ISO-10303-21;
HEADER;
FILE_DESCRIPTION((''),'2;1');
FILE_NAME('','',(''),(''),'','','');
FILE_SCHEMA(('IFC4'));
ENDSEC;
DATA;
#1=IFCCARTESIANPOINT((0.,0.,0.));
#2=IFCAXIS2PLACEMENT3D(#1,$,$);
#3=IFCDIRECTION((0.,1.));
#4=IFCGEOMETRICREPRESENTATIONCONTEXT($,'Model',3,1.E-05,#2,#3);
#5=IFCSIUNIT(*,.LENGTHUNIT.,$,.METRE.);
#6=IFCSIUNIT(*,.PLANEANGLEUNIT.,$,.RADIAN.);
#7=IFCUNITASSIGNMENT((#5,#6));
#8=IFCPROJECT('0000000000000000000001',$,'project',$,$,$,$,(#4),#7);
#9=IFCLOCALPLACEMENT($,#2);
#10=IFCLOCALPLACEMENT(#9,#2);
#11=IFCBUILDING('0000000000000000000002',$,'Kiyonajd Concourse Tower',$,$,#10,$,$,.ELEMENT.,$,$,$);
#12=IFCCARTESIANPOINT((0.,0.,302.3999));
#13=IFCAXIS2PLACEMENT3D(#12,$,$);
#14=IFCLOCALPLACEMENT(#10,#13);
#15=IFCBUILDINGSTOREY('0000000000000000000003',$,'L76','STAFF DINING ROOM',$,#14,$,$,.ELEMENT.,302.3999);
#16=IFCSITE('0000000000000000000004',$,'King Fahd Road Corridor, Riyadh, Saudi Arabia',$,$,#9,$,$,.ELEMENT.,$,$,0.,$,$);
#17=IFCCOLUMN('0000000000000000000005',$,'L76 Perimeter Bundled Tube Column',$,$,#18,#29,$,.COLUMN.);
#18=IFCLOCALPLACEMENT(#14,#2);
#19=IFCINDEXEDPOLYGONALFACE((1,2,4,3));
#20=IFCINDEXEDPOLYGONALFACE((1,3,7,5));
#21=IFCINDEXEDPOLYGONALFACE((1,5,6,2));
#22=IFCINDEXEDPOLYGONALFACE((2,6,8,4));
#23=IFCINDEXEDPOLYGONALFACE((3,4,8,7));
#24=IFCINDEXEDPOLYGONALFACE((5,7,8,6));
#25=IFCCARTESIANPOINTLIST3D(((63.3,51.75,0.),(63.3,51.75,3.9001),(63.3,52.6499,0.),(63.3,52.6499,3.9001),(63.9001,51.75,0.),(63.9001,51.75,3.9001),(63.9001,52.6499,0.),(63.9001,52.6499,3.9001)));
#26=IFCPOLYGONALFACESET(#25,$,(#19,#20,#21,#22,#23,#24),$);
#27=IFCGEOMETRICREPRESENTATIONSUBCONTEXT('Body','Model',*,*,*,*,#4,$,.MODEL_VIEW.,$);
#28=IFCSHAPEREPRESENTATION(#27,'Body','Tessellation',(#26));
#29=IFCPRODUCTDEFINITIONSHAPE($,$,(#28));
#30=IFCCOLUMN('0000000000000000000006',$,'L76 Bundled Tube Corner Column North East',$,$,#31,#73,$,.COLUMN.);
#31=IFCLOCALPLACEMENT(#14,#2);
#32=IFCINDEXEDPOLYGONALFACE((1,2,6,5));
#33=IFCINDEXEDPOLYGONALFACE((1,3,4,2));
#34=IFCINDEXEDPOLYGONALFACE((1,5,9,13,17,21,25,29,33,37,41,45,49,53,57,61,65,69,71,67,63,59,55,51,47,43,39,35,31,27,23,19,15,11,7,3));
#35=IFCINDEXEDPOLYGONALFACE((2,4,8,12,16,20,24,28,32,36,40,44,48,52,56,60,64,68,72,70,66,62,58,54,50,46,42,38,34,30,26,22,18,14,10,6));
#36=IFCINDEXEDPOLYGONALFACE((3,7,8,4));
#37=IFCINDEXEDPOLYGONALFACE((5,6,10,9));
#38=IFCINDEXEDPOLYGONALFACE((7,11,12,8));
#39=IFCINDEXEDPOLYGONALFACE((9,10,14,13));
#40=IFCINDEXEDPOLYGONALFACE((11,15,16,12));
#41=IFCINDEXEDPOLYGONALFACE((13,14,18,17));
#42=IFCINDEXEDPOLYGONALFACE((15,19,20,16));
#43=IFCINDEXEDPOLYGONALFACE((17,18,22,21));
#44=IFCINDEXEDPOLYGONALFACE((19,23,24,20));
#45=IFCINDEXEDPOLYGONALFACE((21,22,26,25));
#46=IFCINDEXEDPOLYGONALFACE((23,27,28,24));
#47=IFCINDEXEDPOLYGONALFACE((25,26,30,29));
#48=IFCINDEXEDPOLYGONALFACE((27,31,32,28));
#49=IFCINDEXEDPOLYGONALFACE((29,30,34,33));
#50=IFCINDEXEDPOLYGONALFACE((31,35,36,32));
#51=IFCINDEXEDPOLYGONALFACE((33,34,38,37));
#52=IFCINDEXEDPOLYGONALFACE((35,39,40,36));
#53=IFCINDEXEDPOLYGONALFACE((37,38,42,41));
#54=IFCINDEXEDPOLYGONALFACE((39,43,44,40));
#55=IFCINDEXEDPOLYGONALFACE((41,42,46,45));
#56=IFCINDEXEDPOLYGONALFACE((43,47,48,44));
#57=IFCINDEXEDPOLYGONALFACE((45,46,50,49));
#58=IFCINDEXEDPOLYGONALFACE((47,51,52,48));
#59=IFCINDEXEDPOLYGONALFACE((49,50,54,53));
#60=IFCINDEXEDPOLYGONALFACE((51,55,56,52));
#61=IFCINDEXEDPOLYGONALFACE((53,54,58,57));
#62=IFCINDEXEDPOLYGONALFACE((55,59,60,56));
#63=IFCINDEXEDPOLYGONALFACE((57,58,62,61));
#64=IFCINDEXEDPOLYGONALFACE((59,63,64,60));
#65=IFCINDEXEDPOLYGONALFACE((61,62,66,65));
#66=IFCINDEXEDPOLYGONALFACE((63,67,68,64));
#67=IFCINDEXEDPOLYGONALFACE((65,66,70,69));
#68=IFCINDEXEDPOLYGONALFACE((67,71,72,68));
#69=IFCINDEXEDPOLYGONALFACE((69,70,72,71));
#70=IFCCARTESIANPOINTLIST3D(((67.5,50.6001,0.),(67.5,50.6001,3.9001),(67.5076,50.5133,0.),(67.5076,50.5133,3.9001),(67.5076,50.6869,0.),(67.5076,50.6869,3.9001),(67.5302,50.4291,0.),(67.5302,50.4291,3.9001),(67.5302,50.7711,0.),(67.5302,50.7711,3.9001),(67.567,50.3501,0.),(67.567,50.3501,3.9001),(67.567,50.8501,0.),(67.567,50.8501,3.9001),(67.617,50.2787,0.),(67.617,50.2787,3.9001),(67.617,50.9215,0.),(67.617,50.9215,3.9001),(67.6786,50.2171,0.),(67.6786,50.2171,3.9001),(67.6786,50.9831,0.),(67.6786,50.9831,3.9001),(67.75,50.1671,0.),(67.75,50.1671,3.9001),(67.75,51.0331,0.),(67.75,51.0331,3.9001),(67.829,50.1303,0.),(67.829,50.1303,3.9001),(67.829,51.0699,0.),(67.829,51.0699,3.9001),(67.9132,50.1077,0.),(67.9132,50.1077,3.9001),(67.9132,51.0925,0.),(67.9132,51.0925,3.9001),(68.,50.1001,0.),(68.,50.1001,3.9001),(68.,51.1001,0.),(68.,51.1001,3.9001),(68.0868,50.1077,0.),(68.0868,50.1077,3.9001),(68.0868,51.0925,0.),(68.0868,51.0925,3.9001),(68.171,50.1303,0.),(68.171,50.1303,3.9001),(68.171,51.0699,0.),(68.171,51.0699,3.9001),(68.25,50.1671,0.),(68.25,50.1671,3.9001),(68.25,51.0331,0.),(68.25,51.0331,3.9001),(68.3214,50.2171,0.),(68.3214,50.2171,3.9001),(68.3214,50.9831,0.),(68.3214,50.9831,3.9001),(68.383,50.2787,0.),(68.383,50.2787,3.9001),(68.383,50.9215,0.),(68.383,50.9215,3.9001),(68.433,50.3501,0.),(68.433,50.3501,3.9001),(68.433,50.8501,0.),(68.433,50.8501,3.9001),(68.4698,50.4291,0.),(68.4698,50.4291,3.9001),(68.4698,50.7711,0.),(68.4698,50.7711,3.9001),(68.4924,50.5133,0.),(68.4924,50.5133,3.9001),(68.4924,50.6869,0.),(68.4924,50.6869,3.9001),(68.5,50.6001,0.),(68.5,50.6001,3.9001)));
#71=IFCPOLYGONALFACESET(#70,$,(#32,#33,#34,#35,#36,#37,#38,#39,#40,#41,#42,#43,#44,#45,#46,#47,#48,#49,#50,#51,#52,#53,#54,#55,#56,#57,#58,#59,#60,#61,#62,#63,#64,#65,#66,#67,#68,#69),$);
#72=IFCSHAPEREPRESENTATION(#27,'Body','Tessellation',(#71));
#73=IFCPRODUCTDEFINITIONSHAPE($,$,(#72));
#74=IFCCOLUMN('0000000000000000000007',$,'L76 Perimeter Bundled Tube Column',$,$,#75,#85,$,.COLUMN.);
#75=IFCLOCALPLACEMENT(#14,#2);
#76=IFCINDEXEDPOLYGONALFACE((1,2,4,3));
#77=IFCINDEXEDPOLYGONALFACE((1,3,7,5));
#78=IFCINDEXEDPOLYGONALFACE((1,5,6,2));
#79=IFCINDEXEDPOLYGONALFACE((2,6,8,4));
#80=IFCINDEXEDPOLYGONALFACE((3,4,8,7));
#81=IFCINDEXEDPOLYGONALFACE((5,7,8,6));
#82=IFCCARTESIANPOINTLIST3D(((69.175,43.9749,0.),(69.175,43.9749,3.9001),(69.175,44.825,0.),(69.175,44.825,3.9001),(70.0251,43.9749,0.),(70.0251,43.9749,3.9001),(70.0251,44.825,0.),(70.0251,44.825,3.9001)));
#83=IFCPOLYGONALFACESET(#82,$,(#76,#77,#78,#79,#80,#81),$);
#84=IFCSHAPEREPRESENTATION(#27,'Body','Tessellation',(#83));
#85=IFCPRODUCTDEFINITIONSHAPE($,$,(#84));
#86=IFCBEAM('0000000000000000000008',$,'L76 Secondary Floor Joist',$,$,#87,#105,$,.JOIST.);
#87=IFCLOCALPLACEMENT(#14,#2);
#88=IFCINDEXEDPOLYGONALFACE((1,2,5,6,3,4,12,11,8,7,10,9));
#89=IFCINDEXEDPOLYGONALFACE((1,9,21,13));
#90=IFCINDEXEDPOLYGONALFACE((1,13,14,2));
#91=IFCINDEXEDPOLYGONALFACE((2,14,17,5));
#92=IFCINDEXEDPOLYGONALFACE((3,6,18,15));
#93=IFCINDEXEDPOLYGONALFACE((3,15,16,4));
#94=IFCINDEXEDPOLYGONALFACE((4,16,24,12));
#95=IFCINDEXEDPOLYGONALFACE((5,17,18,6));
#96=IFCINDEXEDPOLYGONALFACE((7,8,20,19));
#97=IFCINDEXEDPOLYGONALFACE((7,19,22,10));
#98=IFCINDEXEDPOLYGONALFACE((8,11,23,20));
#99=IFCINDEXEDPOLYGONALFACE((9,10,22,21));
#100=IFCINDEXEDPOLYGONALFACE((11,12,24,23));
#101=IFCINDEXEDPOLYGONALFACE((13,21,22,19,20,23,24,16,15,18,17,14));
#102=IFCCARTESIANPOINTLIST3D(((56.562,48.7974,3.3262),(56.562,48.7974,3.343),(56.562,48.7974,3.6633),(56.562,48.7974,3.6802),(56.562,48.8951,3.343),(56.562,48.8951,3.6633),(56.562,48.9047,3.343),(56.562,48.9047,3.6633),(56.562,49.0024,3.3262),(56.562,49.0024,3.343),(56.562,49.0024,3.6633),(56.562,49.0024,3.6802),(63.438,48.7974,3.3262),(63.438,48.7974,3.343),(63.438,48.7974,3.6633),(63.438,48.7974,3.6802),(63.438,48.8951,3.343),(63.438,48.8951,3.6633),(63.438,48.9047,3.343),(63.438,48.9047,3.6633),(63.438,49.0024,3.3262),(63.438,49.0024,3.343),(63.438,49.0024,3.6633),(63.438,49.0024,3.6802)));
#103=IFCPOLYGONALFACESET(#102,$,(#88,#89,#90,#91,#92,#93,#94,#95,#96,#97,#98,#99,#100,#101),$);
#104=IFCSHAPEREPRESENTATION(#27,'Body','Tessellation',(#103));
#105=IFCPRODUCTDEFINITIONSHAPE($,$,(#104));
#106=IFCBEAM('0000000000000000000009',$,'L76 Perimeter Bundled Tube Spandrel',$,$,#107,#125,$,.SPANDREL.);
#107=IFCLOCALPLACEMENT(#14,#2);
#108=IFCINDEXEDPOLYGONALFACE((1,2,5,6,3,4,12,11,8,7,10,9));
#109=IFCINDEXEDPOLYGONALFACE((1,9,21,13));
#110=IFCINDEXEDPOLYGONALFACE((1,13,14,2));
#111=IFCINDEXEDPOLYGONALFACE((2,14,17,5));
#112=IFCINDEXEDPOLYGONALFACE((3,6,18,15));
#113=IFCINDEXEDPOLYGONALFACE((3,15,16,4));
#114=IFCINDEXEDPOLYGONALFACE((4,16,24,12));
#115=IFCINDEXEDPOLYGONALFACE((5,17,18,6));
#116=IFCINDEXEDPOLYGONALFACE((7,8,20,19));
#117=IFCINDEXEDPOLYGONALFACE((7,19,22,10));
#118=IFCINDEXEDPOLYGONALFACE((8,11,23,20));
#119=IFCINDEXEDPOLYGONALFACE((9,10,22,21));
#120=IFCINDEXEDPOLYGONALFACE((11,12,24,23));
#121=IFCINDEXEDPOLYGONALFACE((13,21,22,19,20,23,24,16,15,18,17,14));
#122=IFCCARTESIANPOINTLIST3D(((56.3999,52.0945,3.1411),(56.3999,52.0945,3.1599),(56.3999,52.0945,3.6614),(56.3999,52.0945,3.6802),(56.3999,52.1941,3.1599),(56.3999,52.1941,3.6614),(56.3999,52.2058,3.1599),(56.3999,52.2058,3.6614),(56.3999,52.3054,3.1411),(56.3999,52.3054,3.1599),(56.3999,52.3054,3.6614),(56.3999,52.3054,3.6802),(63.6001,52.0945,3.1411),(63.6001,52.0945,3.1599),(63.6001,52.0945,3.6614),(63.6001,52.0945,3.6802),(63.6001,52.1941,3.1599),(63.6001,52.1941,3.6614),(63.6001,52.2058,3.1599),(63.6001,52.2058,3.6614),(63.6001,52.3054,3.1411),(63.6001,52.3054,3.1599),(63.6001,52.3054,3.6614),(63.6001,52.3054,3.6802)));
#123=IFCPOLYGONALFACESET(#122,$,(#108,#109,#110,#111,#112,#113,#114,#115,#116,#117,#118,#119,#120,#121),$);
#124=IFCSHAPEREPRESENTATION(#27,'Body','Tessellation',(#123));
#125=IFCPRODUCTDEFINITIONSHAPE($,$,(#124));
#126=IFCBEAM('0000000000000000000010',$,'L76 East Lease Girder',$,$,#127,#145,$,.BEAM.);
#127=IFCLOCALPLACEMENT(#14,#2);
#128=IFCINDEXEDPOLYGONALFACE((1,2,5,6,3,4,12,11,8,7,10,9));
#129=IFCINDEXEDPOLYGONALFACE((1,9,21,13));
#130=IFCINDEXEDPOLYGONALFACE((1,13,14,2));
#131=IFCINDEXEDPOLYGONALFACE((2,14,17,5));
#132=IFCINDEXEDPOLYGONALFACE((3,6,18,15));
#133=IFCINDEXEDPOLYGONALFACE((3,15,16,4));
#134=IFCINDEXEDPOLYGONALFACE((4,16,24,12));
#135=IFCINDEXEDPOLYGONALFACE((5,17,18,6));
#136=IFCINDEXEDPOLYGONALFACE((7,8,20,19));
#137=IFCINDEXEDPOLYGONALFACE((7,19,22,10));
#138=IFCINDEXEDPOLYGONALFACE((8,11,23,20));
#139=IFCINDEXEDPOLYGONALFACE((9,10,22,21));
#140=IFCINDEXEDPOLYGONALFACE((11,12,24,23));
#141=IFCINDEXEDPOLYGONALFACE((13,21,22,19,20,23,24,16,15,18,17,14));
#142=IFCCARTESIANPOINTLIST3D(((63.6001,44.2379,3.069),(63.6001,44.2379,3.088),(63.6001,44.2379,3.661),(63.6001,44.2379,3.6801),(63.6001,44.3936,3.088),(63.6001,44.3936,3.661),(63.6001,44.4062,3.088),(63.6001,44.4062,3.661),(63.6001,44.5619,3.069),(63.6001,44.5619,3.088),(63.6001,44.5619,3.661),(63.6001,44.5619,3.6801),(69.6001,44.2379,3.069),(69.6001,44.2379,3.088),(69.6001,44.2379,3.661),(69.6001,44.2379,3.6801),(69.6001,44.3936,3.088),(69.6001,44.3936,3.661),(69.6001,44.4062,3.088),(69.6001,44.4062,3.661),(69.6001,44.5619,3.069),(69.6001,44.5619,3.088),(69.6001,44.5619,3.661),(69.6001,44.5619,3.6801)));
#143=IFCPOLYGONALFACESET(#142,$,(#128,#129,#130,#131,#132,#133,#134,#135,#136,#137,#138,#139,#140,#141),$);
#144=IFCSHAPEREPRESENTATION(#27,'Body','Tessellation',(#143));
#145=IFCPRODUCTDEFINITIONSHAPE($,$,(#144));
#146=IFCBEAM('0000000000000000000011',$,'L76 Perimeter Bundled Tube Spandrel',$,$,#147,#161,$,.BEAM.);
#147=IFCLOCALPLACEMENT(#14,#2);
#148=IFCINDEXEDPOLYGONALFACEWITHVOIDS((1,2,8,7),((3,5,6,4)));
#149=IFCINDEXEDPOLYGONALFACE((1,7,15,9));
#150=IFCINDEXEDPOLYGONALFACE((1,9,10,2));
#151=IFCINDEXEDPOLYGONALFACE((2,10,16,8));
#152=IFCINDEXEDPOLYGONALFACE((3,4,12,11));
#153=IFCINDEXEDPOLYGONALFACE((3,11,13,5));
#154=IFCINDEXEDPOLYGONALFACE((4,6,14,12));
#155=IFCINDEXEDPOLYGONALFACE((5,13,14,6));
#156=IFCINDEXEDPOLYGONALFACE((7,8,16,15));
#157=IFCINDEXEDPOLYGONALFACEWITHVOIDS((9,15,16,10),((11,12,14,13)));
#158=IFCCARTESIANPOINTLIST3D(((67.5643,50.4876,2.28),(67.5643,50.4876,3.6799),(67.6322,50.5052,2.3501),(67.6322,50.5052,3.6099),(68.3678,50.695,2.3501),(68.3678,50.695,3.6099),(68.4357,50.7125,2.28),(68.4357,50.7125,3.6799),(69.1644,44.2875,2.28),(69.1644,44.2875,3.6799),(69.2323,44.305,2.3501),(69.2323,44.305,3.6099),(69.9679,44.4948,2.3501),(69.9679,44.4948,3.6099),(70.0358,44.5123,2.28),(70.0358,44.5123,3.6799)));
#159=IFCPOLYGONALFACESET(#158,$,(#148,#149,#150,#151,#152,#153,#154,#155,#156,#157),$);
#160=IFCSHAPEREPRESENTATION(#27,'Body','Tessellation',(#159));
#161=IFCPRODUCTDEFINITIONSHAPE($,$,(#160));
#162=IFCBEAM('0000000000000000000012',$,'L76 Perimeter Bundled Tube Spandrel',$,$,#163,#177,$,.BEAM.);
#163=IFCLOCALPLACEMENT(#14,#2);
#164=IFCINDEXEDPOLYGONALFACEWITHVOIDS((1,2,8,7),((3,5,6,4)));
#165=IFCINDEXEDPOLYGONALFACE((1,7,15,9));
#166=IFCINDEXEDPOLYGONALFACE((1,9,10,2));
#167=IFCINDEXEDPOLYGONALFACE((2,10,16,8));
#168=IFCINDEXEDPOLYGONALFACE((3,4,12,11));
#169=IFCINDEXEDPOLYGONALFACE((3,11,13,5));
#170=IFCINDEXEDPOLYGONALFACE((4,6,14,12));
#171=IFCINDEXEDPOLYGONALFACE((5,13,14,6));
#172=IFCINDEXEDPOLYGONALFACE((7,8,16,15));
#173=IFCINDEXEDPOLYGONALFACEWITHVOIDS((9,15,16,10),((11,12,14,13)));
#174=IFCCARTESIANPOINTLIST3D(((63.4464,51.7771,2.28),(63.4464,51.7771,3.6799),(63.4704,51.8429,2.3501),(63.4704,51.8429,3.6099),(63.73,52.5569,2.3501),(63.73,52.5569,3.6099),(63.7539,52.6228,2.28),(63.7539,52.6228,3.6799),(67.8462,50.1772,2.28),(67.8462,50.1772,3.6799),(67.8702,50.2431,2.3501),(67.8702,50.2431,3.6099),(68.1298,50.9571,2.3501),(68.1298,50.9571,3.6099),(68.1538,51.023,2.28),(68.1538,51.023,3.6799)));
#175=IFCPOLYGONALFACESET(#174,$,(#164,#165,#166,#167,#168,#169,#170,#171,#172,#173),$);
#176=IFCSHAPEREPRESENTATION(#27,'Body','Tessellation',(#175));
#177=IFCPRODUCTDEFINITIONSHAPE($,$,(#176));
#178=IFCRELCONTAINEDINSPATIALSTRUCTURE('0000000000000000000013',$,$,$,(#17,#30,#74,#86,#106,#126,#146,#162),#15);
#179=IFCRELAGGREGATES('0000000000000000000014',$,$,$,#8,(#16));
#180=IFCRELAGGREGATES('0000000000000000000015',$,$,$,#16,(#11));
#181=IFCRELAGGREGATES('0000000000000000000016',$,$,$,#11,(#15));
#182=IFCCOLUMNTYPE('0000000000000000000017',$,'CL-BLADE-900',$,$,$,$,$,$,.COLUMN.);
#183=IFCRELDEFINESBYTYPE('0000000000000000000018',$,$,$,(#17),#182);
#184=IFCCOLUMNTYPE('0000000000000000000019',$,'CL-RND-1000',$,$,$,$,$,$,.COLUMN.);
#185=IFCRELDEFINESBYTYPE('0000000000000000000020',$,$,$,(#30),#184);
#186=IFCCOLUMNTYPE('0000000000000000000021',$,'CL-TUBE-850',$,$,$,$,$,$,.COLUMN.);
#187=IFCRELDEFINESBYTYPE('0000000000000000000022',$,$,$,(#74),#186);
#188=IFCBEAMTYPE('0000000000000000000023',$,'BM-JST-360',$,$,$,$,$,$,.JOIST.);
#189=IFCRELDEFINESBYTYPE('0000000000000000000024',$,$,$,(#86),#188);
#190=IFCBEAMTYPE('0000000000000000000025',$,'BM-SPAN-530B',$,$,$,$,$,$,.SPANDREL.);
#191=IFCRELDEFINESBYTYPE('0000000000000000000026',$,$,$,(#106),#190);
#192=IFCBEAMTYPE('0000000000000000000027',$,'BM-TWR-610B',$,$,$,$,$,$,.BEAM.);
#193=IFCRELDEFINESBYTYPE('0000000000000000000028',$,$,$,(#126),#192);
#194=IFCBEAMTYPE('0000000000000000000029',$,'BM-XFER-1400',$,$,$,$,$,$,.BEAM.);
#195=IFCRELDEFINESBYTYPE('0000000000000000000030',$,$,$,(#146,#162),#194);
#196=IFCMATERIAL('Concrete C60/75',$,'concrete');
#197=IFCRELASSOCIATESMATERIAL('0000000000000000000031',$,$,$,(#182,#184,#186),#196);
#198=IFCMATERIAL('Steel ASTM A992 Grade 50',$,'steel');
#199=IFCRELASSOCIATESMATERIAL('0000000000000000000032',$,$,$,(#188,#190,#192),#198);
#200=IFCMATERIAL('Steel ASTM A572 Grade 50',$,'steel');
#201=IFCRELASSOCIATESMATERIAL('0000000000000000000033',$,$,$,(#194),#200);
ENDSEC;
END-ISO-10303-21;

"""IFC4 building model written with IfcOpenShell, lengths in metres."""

from ifc_helpers import new_model, si_unit, direction, frame, origin, origin_2d, place, context, subcontext, project, spatial, rectangle, hollow_rectangle, circle, i_section, extrude, material, material_profile, profile_set, type_object, element, save


model = new_model("IFC4")

# Units and contexts
model_context = context("Model", 3, precision=1e-05, world=origin(), true_north=direction((0.0, 1.0)))
body_context = subcontext(model_context, "Body", "Model", "MODEL_VIEW")
ifc_project = project(units=[si_unit("LENGTHUNIT", "METRE"), si_unit("PLANEANGLEUNIT", "RADIAN")], contexts=[model_context])

# Site, building, storey
site_placement = place(None, origin())
site = spatial("IfcSite", under=ifc_project, at=site_placement, Name="King Fahd Road Corridor, Riyadh, Saudi Arabia", CompositionType="ELEMENT", RefElevation=0.0)
building_placement = place(site_placement, origin())
building = spatial("IfcBuilding", under=site, at=building_placement, Name="Kiyonajd Concourse Tower", CompositionType="ELEMENT")
storey_placement = place(building_placement, frame((0.0, 0.0, 302.3999)))
storey = spatial("IfcBuildingStorey", under=building, at=storey_placement, Name="L76", Description="STAFF DINING ROOM", CompositionType="ELEMENT", Elevation=302.3999)

# Columns
ifc_material_1 = material(Name="Concrete C60/75", Category="concrete")
ifc_material_profile_1 = material_profile(ifc_material_1, rectangle(XDim=0.6001, YDim=0.8999, at=origin_2d()), Name="RC-900x600")
ifc_profile_set_1 = profile_set([ifc_material_profile_1], Name="Concrete C60/75")
column_type_1 = type_object("IfcColumnType", Name="CL-BLADE-900", PredefinedType="COLUMN", material=ifc_profile_set_1)
column_1_placement = place(storey_placement, frame((63.6001, 52.2, 0.0), z_axis=(0.0, 0.0, 1.0), x_axis=(1.0, 0.0, 0.0)))
element("IfcColumn", 1, at=column_1_placement, inside=storey, type_object=column_type_1, Name="L76 Perimeter Bundled Tube Column", PredefinedType="COLUMN", context=body_context, shape_type="SweptSolid", body=[
    extrude(rectangle(XDim=0.6001, YDim=0.8999, at=origin_2d()), origin(), (0.0, 0.0, 1.0), 3.9001),
])
ifc_material_profile_2 = material_profile(ifc_material_1, circle(Radius=0.5, at=origin_2d()), Name="RCC-D1000")
ifc_profile_set_2 = profile_set([ifc_material_profile_2], Name="Concrete C60/75")
column_type_2 = type_object("IfcColumnType", Name="CL-RND-1000", PredefinedType="COLUMN", material=ifc_profile_set_2)
column_2_placement = place(storey_placement, frame((68.0, 50.6001, 0.0), z_axis=(0.0, 0.0, 1.0), x_axis=(1.0, 0.0, 0.0)))
element("IfcColumn", 2, at=column_2_placement, inside=storey, type_object=column_type_2, Name="L76 Bundled Tube Corner Column North East", PredefinedType="COLUMN", context=body_context, shape_type="SweptSolid", body=[
    extrude(circle(Radius=0.5, at=origin_2d()), origin(), (0.0, 0.0, 1.0), 3.9001),
])
ifc_material_profile_3 = material_profile(ifc_material_1, rectangle(XDim=0.8501, YDim=0.8501, at=origin_2d()), Name="RC-850x850")
ifc_profile_set_3 = profile_set([ifc_material_profile_3], Name="Concrete C60/75")
column_type_3 = type_object("IfcColumnType", Name="CL-TUBE-850", PredefinedType="COLUMN", material=ifc_profile_set_3)
column_3_placement = place(storey_placement, frame((69.6001, 44.3999, 0.0), z_axis=(0.0, 0.0, 1.0), x_axis=(1.0, 0.0, 0.0)))
element("IfcColumn", 3, at=column_3_placement, inside=storey, type_object=column_type_3, Name="L76 Perimeter Bundled Tube Column", PredefinedType="COLUMN", context=body_context, shape_type="SweptSolid", body=[
    extrude(rectangle(XDim=0.8501, YDim=0.8501, at=origin_2d()), origin(), (0.0, 0.0, 1.0), 3.9001),
])

# Beams
ifc_material_2 = material(Name="Steel ASTM A992 Grade 50", Category="steel")
ifc_material_profile_4 = material_profile(ifc_material_2, i_section(OverallWidth=0.2051, OverallDepth=0.354, WebThickness=0.0095, FlangeThickness=0.0168, at=origin_2d()), Name="W360X79")
ifc_profile_set_4 = profile_set([ifc_material_profile_4], Name="Steel ASTM A992 Grade 50")
beam_type_1 = type_object("IfcBeamType", Name="BM-JST-360", PredefinedType="JOIST", material=ifc_profile_set_4)
beam_1_placement = place(storey_placement, frame((56.562, 48.8999, 3.5032), z_axis=(1.0, 0.0, 0.0), x_axis=(0.0, 1.0, 0.0)))
element("IfcBeam", 4, at=beam_1_placement, inside=storey, type_object=beam_type_1, Name="L76 Secondary Floor Joist", PredefinedType="JOIST", context=body_context, shape_type="SweptSolid", body=[
    extrude(i_section(OverallWidth=0.2051, OverallDepth=0.354, WebThickness=0.0095, FlangeThickness=0.0168, at=origin_2d()), origin(), (0.0, 0.0, 1.0), 6.876),
])
ifc_material_profile_5 = material_profile(ifc_material_2, i_section(OverallWidth=0.2109, OverallDepth=0.5391, WebThickness=0.0117, FlangeThickness=0.0188, at=origin_2d()), Name="W530X109")
ifc_profile_set_5 = profile_set([ifc_material_profile_5], Name="Steel ASTM A992 Grade 50")
beam_type_2 = type_object("IfcBeamType", Name="BM-SPAN-530B", PredefinedType="SPANDREL", material=ifc_profile_set_5)
beam_2_placement = place(storey_placement, frame((63.6001, 52.2, 3.4106), z_axis=(-1.0, 0.0, 0.0), x_axis=(0.0, -1.0, 0.0)))
element("IfcBeam", 5, at=beam_2_placement, inside=storey, type_object=beam_type_2, Name="L76 Perimeter Bundled Tube Spandrel", PredefinedType="SPANDREL", context=body_context, shape_type="SweptSolid", body=[
    extrude(i_section(OverallWidth=0.2109, OverallDepth=0.5391, WebThickness=0.0117, FlangeThickness=0.0188, at=origin_2d()), origin(), (0.0, 0.0, 1.0), 7.2002),
])
ifc_material_profile_6 = material_profile(ifc_material_2, i_section(OverallWidth=0.324, OverallDepth=0.6111, WebThickness=0.0127, FlangeThickness=0.019, at=origin_2d()), Name="W610X155")
ifc_profile_set_6 = profile_set([ifc_material_profile_6], Name="Steel ASTM A992 Grade 50")
beam_type_3 = type_object("IfcBeamType", Name="BM-TWR-610B", PredefinedType="BEAM", material=ifc_profile_set_6)
beam_3_placement = place(storey_placement, frame((63.6001, 44.3999, 3.3745), z_axis=(1.0, 0.0, 0.0), x_axis=(0.0, 1.0, 0.0)))
element("IfcBeam", 6, at=beam_3_placement, inside=storey, type_object=beam_type_3, Name="L76 East Lease Girder", PredefinedType="BEAM", context=body_context, shape_type="SweptSolid", body=[
    extrude(i_section(OverallWidth=0.324, OverallDepth=0.6111, WebThickness=0.0127, FlangeThickness=0.019, at=origin_2d()), origin(), (0.0, 0.0, 1.0), 6.0),
])
ifc_material_3 = material(Name="Steel ASTM A572 Grade 50", Category="steel")
ifc_material_profile_7 = material_profile(ifc_material_3, hollow_rectangle(XDim=0.8999, YDim=1.3999, WallThickness=0.0701, at=origin_2d()), Name="BOX-1400x900x70")
ifc_profile_set_7 = profile_set([ifc_material_profile_7], Name="Steel ASTM A572 Grade 50")
beam_type_4 = type_object("IfcBeamType", Name="BM-XFER-1400", PredefinedType="BEAM", material=ifc_profile_set_7)
beam_4_placement = place(storey_placement, frame((69.6001, 44.3999, 2.98), z_axis=(-0.249885, 0.968276, 0.0), x_axis=(-0.968276, -0.249885, 0.0)))
element("IfcBeam", 7, at=beam_4_placement, inside=storey, type_object=beam_type_4, Name="L76 Perimeter Bundled Tube Spandrel", PredefinedType="BEAM", context=body_context, shape_type="SweptSolid", body=[
    extrude(hollow_rectangle(XDim=0.8999, YDim=1.3999, WallThickness=0.0701, at=origin_2d()), origin(), (0.0, 0.0, 1.0), 6.4033),
])
beam_5_placement = place(storey_placement, frame((68.0, 50.6001, 2.98), z_axis=(-0.939801, 0.341722, 0.0), x_axis=(-0.341722, -0.939801, 0.0)))
element("IfcBeam", 8, at=beam_5_placement, inside=storey, type_object=beam_type_4, Name="L76 Perimeter Bundled Tube Spandrel", PredefinedType="BEAM", context=body_context, shape_type="SweptSolid", body=[
    extrude(hollow_rectangle(XDim=0.8999, YDim=1.3999, WallThickness=0.0701, at=origin_2d()), origin(), (0.0, 0.0, 1.0), 4.6816),
])

save(model, "model.ifc")
